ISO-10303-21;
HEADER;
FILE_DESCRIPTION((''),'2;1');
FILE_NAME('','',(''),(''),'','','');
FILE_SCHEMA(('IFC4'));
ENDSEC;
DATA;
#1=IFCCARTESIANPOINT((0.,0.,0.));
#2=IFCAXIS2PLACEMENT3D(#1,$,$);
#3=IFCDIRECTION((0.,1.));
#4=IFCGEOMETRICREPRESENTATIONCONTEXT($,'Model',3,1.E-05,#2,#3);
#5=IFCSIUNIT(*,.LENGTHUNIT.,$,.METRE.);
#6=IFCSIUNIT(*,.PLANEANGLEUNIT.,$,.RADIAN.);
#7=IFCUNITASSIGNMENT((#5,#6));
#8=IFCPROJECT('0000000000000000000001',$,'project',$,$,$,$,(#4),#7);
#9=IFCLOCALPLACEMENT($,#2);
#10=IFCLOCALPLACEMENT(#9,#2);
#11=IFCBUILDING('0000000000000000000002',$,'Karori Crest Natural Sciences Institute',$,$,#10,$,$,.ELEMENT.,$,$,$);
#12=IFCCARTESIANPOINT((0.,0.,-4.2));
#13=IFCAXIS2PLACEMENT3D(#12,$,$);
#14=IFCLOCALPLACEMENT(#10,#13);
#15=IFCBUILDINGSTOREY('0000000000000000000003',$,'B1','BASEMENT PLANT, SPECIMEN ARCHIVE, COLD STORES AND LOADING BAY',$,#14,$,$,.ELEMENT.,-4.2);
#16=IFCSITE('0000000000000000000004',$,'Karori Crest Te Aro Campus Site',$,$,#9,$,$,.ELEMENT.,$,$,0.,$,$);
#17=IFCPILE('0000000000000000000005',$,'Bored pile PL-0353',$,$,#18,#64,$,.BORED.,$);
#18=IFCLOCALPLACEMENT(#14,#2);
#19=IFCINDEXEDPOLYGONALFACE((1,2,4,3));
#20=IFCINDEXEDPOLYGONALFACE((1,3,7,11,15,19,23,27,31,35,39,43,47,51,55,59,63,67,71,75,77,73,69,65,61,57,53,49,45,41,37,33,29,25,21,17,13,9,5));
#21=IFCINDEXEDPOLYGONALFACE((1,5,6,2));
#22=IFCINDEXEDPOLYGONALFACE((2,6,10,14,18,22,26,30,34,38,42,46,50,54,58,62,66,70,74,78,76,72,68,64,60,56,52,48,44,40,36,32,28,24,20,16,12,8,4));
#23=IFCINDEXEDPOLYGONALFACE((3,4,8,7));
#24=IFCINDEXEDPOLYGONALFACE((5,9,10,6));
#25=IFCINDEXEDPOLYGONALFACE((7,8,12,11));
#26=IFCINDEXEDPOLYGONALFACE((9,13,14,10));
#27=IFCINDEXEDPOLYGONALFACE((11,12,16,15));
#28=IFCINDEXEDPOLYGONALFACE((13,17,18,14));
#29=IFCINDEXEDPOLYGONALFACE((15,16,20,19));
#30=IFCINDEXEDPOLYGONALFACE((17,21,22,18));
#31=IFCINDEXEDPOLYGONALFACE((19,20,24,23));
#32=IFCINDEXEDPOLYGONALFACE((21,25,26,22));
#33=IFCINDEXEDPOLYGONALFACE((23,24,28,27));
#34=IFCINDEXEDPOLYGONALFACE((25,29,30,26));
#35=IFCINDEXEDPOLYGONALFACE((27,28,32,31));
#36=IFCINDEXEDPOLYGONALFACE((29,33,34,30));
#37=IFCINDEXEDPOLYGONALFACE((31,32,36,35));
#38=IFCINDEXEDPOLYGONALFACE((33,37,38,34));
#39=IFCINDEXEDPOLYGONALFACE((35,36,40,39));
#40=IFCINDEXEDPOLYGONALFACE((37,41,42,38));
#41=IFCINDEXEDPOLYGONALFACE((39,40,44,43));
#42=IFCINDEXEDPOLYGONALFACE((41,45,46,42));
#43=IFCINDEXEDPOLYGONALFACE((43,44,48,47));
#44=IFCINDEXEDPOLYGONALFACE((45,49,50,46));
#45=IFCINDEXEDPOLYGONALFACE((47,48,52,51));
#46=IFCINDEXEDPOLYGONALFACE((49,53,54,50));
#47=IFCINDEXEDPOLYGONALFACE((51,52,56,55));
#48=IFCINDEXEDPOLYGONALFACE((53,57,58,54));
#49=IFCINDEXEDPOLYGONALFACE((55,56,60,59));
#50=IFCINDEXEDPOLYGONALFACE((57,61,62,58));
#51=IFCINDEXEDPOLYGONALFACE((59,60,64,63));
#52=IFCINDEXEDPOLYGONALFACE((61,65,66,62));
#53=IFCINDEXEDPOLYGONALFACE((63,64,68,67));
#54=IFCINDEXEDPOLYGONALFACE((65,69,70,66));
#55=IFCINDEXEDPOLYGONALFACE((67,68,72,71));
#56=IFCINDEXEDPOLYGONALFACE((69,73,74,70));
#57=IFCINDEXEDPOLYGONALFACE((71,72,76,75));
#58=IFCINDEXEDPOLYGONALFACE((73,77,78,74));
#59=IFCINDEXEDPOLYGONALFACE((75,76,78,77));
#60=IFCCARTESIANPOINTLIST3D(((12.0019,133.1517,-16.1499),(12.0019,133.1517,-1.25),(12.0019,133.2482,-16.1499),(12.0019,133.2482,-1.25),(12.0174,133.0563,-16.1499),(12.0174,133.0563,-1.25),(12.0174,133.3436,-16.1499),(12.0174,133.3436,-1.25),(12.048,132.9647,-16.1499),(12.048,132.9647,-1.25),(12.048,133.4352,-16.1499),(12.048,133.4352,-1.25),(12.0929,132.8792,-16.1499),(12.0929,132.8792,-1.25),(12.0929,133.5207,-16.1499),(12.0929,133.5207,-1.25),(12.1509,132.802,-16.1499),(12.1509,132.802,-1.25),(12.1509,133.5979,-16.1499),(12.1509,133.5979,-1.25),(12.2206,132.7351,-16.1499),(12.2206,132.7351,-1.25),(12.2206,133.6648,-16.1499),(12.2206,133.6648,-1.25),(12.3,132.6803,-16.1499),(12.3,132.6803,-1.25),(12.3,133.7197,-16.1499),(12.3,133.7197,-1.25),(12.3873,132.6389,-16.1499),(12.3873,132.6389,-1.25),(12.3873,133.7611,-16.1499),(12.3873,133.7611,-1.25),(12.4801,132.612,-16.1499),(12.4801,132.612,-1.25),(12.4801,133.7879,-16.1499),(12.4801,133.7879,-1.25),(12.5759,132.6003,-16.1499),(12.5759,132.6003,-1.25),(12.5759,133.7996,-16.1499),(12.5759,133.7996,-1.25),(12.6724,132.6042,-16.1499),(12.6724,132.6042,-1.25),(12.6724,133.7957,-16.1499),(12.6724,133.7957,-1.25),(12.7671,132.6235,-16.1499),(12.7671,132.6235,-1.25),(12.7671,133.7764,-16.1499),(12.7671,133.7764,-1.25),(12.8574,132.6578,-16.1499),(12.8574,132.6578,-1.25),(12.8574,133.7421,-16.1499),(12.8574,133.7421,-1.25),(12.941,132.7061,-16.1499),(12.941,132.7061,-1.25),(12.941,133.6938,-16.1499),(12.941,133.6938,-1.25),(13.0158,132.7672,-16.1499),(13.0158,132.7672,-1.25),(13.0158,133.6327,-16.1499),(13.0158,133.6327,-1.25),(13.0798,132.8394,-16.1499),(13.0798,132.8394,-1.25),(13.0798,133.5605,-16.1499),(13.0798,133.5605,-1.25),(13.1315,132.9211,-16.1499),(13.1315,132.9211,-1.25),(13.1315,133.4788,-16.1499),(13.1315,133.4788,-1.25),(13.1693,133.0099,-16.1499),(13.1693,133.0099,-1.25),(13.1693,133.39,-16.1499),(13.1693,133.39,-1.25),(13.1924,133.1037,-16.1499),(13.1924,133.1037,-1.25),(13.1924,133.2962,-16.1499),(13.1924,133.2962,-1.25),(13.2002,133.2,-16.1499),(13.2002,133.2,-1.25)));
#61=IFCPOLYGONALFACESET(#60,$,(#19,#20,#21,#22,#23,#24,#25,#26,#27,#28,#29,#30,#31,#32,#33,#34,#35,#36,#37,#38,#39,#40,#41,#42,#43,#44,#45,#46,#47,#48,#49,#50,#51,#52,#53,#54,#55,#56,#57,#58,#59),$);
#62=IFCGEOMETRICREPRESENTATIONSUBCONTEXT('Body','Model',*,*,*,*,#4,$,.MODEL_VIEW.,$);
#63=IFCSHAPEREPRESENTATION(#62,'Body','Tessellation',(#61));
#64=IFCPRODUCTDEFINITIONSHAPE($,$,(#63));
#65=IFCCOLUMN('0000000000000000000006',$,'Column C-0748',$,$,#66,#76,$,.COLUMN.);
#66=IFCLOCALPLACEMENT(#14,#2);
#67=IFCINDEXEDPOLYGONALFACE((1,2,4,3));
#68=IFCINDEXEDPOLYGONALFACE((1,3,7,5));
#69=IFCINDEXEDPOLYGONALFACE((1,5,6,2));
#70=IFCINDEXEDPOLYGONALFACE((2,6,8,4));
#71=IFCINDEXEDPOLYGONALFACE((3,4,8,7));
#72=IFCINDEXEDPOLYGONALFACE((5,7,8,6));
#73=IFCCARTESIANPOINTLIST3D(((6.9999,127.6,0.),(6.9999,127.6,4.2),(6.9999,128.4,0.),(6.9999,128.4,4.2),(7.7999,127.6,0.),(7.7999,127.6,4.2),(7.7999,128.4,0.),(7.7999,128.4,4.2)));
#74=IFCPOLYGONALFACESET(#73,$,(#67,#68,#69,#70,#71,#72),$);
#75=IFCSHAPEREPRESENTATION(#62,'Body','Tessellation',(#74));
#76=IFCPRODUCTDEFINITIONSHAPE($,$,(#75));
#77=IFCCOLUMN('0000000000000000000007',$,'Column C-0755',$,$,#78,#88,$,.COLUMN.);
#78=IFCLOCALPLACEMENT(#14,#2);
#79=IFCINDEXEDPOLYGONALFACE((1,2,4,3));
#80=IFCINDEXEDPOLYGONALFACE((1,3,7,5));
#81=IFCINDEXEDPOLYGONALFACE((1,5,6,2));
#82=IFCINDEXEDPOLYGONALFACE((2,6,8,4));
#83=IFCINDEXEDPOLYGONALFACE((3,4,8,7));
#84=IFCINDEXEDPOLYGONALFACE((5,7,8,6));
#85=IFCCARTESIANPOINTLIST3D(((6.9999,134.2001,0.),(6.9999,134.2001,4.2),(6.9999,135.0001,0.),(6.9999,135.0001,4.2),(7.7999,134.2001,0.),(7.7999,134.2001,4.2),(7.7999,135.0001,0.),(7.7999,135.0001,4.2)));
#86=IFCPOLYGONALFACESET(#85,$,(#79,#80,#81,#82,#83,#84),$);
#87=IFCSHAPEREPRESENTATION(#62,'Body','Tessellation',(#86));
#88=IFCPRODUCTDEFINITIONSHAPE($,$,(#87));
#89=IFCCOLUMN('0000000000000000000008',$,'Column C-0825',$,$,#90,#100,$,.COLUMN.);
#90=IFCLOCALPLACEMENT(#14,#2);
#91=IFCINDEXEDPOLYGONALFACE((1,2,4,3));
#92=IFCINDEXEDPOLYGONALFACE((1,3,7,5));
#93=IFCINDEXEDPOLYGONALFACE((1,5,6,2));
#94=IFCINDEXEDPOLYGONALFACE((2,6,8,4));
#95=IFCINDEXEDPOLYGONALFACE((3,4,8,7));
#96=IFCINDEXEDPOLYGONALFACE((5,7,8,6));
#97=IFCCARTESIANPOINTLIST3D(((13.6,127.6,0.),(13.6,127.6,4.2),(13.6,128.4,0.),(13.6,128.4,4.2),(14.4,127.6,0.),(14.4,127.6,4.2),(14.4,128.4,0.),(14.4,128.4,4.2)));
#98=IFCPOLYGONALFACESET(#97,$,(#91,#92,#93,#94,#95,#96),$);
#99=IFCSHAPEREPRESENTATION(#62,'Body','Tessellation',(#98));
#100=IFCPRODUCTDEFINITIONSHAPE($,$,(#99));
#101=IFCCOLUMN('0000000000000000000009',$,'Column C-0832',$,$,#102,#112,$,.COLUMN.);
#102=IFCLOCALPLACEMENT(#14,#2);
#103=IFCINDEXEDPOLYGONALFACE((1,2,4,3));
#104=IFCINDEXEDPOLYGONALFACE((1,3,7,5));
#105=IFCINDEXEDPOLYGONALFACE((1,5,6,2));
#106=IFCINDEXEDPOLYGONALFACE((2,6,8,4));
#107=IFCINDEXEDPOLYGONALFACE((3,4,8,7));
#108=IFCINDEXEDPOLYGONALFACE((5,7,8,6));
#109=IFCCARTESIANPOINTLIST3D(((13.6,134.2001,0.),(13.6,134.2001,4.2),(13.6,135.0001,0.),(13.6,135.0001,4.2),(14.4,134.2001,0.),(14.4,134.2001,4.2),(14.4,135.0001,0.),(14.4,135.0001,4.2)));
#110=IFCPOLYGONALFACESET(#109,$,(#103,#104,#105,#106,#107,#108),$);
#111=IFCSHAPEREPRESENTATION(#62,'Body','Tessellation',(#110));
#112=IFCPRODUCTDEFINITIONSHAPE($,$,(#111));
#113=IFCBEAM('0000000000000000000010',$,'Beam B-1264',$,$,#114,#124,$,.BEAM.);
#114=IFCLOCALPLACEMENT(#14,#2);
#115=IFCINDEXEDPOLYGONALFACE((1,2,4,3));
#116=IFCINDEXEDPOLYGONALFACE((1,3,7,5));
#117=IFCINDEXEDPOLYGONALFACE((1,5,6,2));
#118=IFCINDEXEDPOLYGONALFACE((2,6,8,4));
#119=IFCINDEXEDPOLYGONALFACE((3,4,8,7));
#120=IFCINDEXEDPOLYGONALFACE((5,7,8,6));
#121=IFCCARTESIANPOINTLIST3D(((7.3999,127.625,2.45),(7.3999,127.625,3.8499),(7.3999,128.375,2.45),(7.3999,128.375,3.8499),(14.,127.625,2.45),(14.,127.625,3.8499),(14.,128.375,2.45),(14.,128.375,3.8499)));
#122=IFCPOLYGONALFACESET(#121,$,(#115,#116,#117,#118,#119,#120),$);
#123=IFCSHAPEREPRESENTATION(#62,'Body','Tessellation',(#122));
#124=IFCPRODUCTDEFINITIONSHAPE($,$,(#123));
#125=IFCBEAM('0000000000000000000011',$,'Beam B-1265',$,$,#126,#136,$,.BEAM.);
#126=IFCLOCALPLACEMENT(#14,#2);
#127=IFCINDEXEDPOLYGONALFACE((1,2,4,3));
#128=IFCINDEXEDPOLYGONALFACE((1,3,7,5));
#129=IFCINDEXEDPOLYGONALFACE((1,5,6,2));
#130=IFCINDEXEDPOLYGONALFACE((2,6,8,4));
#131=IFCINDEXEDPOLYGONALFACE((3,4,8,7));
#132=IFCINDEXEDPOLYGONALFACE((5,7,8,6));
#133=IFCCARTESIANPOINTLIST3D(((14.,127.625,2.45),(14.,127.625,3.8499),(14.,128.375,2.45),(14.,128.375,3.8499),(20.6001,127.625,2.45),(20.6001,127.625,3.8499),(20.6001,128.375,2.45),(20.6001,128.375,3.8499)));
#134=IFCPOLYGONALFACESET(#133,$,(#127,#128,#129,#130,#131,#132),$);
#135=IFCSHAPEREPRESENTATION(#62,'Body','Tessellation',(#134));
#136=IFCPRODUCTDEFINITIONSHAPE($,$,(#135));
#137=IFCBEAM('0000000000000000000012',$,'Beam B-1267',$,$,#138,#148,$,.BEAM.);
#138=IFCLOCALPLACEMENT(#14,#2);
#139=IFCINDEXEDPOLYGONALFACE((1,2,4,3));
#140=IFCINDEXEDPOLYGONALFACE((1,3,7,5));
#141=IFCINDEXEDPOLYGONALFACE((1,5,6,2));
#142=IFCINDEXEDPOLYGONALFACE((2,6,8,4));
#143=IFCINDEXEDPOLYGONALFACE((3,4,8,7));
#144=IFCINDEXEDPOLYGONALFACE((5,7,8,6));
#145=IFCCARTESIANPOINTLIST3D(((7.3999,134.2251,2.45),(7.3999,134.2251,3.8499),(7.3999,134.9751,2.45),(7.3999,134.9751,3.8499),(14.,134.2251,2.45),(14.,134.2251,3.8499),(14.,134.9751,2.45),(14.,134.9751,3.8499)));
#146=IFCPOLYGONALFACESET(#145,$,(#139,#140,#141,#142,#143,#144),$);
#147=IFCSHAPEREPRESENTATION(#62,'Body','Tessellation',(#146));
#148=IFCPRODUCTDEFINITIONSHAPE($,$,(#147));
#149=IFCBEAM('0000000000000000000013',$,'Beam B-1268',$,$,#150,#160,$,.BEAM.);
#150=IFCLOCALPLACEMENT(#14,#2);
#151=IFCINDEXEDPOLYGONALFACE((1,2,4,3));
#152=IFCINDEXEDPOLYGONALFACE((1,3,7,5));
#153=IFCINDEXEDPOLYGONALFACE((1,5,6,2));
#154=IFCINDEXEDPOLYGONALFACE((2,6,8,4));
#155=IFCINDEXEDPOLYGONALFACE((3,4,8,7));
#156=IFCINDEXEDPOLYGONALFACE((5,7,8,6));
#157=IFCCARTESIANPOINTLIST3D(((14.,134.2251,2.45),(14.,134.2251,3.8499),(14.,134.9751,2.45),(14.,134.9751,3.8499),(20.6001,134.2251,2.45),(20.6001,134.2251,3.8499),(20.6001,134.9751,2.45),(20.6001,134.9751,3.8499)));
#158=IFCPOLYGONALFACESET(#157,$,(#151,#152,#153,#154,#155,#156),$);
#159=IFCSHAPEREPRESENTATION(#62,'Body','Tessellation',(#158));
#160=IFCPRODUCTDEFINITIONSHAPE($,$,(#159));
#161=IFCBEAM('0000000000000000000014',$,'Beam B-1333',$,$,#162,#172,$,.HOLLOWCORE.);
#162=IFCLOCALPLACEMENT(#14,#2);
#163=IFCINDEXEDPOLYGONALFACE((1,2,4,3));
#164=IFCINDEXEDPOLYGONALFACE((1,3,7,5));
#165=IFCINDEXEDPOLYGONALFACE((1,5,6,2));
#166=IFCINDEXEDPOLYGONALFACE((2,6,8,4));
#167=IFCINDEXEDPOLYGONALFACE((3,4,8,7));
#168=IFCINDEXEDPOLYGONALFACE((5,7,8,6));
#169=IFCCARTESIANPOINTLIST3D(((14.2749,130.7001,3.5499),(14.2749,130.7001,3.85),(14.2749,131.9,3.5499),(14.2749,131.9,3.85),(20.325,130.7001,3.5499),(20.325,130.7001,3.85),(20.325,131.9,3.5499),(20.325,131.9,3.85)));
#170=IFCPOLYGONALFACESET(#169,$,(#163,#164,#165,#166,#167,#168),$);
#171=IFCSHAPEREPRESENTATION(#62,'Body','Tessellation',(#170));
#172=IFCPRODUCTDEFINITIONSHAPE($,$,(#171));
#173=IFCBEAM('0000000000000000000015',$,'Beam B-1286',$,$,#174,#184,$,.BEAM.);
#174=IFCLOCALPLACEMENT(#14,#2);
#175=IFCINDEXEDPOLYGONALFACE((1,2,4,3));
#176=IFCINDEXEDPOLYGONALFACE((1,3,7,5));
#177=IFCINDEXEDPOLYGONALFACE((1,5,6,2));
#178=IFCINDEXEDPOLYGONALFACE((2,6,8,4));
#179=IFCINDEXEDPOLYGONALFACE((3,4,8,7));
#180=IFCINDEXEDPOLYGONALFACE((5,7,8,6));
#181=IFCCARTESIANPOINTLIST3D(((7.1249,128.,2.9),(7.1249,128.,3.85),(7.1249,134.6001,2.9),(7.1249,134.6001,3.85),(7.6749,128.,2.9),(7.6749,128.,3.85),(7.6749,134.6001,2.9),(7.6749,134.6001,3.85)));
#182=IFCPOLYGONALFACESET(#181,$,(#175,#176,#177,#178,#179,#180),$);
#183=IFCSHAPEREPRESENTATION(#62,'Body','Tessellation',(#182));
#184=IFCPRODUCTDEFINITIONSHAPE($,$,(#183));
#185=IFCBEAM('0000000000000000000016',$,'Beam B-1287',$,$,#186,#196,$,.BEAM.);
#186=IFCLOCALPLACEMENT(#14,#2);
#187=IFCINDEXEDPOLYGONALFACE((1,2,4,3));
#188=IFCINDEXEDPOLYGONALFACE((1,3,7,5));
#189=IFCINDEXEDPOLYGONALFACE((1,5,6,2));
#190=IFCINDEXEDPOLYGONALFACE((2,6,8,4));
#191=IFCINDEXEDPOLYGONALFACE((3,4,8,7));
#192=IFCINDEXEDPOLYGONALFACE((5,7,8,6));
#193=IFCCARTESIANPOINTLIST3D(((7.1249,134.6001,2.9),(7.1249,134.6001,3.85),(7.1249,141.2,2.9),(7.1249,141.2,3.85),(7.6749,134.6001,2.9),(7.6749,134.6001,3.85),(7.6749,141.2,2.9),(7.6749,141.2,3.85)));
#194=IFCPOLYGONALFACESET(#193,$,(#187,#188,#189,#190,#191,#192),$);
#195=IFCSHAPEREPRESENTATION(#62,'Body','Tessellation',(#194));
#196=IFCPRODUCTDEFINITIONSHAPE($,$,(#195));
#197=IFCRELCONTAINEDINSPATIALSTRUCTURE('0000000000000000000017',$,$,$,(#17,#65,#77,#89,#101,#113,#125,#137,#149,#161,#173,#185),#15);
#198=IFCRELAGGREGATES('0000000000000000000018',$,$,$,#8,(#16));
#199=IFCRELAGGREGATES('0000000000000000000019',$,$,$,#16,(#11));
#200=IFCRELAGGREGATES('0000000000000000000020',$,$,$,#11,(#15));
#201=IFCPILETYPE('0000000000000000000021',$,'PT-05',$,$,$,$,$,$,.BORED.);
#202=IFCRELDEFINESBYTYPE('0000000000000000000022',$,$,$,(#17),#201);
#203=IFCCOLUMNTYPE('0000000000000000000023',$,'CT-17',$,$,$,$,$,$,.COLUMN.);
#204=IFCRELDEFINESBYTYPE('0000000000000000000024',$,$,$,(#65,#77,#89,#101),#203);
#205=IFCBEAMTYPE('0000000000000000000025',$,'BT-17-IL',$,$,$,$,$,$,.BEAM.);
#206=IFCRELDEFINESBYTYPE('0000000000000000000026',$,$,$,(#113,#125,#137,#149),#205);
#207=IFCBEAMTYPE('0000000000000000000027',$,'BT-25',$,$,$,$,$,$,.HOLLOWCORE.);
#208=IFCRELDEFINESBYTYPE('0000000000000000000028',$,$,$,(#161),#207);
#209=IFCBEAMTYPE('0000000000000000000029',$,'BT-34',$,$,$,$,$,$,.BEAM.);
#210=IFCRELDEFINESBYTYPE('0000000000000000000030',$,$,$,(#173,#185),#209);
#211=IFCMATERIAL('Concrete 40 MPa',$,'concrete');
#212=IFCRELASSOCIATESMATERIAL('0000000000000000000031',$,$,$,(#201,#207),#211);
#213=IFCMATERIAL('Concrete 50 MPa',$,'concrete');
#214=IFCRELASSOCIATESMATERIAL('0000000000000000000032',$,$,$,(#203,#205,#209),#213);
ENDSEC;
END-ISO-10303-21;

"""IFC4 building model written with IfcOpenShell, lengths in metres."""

from ifc_helpers import new_model, si_unit, direction, frame, origin, origin_2d, place, context, subcontext, project, spatial, rectangle, circle, extrude, material, material_profile, profile_set, type_object, element, save


model = new_model("IFC4")

# Units and contexts
model_context = context("Model", 3, precision=1e-05, world=origin(), true_north=direction((0.0, 1.0)))
body_context = subcontext(model_context, "Body", "Model", "MODEL_VIEW")
ifc_project = project(units=[si_unit("LENGTHUNIT", "METRE"), si_unit("PLANEANGLEUNIT", "RADIAN")], contexts=[model_context])

# Site, building, storey
site_placement = place(None, origin())
site = spatial("IfcSite", under=ifc_project, at=site_placement, Name="Karori Crest Te Aro Campus Site", CompositionType="ELEMENT", RefElevation=0.0)
building_placement = place(site_placement, origin())
building = spatial("IfcBuilding", under=site, at=building_placement, Name="Karori Crest Natural Sciences Institute", CompositionType="ELEMENT")
storey_placement = place(building_placement, frame((0.0, 0.0, -4.2)))
storey = spatial("IfcBuildingStorey", under=building, at=storey_placement, Name="B1", Description="BASEMENT PLANT, SPECIMEN ARCHIVE, COLD STORES AND LOADING BAY", CompositionType="ELEMENT", Elevation=-4.2)

# Shared definitions
ifc_material_1 = material(Name="Concrete 40 MPa", Category="concrete")

# Pile
ifc_material_profile_1 = material_profile(ifc_material_1, circle(Radius=0.6001, at=origin_2d()), Name="PILE1200")
ifc_profile_set_1 = profile_set([ifc_material_profile_1], Name="Concrete 40 MPa")
pile_type = type_object("IfcPileType", Name="PT-05", PredefinedType="BORED", material=ifc_profile_set_1)
for number, where, z_axis, x_axis, name in (
    (1, (12.6001, 133.2, -1.25), (0.0, 0.0, -1.0), (1.0, 0.0, 0.0), "Bored pile PL-0353"),
):
    element("IfcPile", number, at=place(storey_placement, frame(where, z_axis=z_axis, x_axis=x_axis)), inside=storey, type_object=pile_type, Name=name, PredefinedType="BORED", context=body_context, shape_type="SweptSolid", body=[
        extrude(circle(Radius=0.6001, at=origin_2d()), origin(), (0.0, 0.0, 1.0), 14.8999),
    ])

# Columns
ifc_material_2 = material(Name="Concrete 50 MPa", Category="concrete")
ifc_material_profile_2 = material_profile(ifc_material_2, rectangle(XDim=0.8, YDim=0.8, at=origin_2d()), Name="RC800x800")
ifc_profile_set_2 = profile_set([ifc_material_profile_2], Name="Concrete 50 MPa")
column_type = type_object("IfcColumnType", Name="CT-17", PredefinedType="COLUMN", material=ifc_profile_set_2)
for number, where, z_axis, x_axis, name in (
    (2, (7.3999, 128.0, 0.0), (0.0, 0.0, 1.0), (1.0, 0.0, 0.0), "Column C-0748"),
    (3, (7.3999, 134.6001, 0.0), (0.0, 0.0, 1.0), (1.0, 0.0, 0.0), "Column C-0755"),
    (4, (14.0, 128.0, 0.0), (0.0, 0.0, 1.0), (1.0, 0.0, 0.0), "Column C-0825"),
    (5, (14.0, 134.6001, 0.0), (0.0, 0.0, 1.0), (1.0, 0.0, 0.0), "Column C-0832"),
):
    element("IfcColumn", number, at=place(storey_placement, frame(where, z_axis=z_axis, x_axis=x_axis)), inside=storey, type_object=column_type, Name=name, PredefinedType="COLUMN", context=body_context, shape_type="SweptSolid", body=[
        extrude(rectangle(XDim=0.8, YDim=0.8, at=origin_2d()), origin(), (0.0, 0.0, 1.0), 4.2),
    ])

# Beams
ifc_material_profile_3 = material_profile(ifc_material_2, rectangle(XDim=0.75, YDim=1.3999, at=origin_2d()), Name="RCB750x1400")
ifc_profile_set_3 = profile_set([ifc_material_profile_3], Name="Concrete 50 MPa")
beam_type_1 = type_object("IfcBeamType", Name="BT-17-IL", PredefinedType="BEAM", material=ifc_profile_set_3)
for number, where, z_axis, x_axis, name in (
    (6, (7.3999, 128.0, 3.1499), (1.0, 0.0, 0.0), (0.0, 1.0, 0.0), "Beam B-1264"),
    (7, (14.0, 128.0, 3.1499), (1.0, 0.0, 0.0), (0.0, 1.0, 0.0), "Beam B-1265"),
    (8, (7.3999, 134.6001, 3.1499), (1.0, 0.0, 0.0), (0.0, 1.0, 0.0), "Beam B-1267"),
    (9, (14.0, 134.6001, 3.1499), (1.0, 0.0, 0.0), (0.0, 1.0, 0.0), "Beam B-1268"),
):
    element("IfcBeam", number, at=place(storey_placement, frame(where, z_axis=z_axis, x_axis=x_axis)), inside=storey, type_object=beam_type_1, Name=name, PredefinedType="BEAM", context=body_context, shape_type="SweptSolid", body=[
        extrude(rectangle(XDim=0.75, YDim=1.3999, at=origin_2d()), origin(), (0.0, 0.0, 1.0), 6.6001),
    ])
ifc_material_profile_4 = material_profile(ifc_material_1, rectangle(XDim=1.2, YDim=0.3, at=origin_2d()), Name="HCP1200x300")
ifc_profile_set_4 = profile_set([ifc_material_profile_4], Name="Concrete 40 MPa")
beam_type_2 = type_object("IfcBeamType", Name="BT-25", PredefinedType="HOLLOWCORE", material=ifc_profile_set_4)
beam_1_placement = place(storey_placement, frame((14.2749, 131.3, 3.7), z_axis=(1.0, 0.0, 0.0), x_axis=(0.0, 1.0, 0.0)))
element("IfcBeam", 10, at=beam_1_placement, inside=storey, type_object=beam_type_2, Name="Beam B-1333", PredefinedType="HOLLOWCORE", context=body_context, shape_type="SweptSolid", body=[
    extrude(rectangle(XDim=1.2, YDim=0.3, at=origin_2d()), origin(), (0.0, 0.0, 1.0), 6.05),
])
ifc_material_profile_5 = material_profile(ifc_material_2, rectangle(XDim=0.55, YDim=0.95, at=origin_2d()), Name="RCB550x950")
ifc_profile_set_5 = profile_set([ifc_material_profile_5], Name="Concrete 50 MPa")
beam_type_3 = type_object("IfcBeamType", Name="BT-34", PredefinedType="BEAM", material=ifc_profile_set_5)
beam_2_placement = place(storey_placement, frame((7.3999, 128.0, 3.375), z_axis=(0.0, 1.0, 0.0), x_axis=(-1.0, 0.0, 0.0)))
element("IfcBeam", 11, at=beam_2_placement, inside=storey, type_object=beam_type_3, Name="Beam B-1286", PredefinedType="BEAM", context=body_context, shape_type="SweptSolid", body=[
    extrude(rectangle(XDim=0.55, YDim=0.95, at=origin_2d()), origin(), (0.0, 0.0, 1.0), 6.6001),
])
beam_3_placement = place(storey_placement, frame((7.3999, 134.6001, 3.375), z_axis=(0.0, 1.0, 0.0), x_axis=(-1.0, 0.0, 0.0)))
element("IfcBeam", 12, at=beam_3_placement, inside=storey, type_object=beam_type_3, Name="Beam B-1287", PredefinedType="BEAM", context=body_context, shape_type="SweptSolid", body=[
    extrude(rectangle(XDim=0.55, YDim=0.95, at=origin_2d()), origin(), (0.0, 0.0, 1.0), 6.5999),
])

save(model, "model.ifc")
